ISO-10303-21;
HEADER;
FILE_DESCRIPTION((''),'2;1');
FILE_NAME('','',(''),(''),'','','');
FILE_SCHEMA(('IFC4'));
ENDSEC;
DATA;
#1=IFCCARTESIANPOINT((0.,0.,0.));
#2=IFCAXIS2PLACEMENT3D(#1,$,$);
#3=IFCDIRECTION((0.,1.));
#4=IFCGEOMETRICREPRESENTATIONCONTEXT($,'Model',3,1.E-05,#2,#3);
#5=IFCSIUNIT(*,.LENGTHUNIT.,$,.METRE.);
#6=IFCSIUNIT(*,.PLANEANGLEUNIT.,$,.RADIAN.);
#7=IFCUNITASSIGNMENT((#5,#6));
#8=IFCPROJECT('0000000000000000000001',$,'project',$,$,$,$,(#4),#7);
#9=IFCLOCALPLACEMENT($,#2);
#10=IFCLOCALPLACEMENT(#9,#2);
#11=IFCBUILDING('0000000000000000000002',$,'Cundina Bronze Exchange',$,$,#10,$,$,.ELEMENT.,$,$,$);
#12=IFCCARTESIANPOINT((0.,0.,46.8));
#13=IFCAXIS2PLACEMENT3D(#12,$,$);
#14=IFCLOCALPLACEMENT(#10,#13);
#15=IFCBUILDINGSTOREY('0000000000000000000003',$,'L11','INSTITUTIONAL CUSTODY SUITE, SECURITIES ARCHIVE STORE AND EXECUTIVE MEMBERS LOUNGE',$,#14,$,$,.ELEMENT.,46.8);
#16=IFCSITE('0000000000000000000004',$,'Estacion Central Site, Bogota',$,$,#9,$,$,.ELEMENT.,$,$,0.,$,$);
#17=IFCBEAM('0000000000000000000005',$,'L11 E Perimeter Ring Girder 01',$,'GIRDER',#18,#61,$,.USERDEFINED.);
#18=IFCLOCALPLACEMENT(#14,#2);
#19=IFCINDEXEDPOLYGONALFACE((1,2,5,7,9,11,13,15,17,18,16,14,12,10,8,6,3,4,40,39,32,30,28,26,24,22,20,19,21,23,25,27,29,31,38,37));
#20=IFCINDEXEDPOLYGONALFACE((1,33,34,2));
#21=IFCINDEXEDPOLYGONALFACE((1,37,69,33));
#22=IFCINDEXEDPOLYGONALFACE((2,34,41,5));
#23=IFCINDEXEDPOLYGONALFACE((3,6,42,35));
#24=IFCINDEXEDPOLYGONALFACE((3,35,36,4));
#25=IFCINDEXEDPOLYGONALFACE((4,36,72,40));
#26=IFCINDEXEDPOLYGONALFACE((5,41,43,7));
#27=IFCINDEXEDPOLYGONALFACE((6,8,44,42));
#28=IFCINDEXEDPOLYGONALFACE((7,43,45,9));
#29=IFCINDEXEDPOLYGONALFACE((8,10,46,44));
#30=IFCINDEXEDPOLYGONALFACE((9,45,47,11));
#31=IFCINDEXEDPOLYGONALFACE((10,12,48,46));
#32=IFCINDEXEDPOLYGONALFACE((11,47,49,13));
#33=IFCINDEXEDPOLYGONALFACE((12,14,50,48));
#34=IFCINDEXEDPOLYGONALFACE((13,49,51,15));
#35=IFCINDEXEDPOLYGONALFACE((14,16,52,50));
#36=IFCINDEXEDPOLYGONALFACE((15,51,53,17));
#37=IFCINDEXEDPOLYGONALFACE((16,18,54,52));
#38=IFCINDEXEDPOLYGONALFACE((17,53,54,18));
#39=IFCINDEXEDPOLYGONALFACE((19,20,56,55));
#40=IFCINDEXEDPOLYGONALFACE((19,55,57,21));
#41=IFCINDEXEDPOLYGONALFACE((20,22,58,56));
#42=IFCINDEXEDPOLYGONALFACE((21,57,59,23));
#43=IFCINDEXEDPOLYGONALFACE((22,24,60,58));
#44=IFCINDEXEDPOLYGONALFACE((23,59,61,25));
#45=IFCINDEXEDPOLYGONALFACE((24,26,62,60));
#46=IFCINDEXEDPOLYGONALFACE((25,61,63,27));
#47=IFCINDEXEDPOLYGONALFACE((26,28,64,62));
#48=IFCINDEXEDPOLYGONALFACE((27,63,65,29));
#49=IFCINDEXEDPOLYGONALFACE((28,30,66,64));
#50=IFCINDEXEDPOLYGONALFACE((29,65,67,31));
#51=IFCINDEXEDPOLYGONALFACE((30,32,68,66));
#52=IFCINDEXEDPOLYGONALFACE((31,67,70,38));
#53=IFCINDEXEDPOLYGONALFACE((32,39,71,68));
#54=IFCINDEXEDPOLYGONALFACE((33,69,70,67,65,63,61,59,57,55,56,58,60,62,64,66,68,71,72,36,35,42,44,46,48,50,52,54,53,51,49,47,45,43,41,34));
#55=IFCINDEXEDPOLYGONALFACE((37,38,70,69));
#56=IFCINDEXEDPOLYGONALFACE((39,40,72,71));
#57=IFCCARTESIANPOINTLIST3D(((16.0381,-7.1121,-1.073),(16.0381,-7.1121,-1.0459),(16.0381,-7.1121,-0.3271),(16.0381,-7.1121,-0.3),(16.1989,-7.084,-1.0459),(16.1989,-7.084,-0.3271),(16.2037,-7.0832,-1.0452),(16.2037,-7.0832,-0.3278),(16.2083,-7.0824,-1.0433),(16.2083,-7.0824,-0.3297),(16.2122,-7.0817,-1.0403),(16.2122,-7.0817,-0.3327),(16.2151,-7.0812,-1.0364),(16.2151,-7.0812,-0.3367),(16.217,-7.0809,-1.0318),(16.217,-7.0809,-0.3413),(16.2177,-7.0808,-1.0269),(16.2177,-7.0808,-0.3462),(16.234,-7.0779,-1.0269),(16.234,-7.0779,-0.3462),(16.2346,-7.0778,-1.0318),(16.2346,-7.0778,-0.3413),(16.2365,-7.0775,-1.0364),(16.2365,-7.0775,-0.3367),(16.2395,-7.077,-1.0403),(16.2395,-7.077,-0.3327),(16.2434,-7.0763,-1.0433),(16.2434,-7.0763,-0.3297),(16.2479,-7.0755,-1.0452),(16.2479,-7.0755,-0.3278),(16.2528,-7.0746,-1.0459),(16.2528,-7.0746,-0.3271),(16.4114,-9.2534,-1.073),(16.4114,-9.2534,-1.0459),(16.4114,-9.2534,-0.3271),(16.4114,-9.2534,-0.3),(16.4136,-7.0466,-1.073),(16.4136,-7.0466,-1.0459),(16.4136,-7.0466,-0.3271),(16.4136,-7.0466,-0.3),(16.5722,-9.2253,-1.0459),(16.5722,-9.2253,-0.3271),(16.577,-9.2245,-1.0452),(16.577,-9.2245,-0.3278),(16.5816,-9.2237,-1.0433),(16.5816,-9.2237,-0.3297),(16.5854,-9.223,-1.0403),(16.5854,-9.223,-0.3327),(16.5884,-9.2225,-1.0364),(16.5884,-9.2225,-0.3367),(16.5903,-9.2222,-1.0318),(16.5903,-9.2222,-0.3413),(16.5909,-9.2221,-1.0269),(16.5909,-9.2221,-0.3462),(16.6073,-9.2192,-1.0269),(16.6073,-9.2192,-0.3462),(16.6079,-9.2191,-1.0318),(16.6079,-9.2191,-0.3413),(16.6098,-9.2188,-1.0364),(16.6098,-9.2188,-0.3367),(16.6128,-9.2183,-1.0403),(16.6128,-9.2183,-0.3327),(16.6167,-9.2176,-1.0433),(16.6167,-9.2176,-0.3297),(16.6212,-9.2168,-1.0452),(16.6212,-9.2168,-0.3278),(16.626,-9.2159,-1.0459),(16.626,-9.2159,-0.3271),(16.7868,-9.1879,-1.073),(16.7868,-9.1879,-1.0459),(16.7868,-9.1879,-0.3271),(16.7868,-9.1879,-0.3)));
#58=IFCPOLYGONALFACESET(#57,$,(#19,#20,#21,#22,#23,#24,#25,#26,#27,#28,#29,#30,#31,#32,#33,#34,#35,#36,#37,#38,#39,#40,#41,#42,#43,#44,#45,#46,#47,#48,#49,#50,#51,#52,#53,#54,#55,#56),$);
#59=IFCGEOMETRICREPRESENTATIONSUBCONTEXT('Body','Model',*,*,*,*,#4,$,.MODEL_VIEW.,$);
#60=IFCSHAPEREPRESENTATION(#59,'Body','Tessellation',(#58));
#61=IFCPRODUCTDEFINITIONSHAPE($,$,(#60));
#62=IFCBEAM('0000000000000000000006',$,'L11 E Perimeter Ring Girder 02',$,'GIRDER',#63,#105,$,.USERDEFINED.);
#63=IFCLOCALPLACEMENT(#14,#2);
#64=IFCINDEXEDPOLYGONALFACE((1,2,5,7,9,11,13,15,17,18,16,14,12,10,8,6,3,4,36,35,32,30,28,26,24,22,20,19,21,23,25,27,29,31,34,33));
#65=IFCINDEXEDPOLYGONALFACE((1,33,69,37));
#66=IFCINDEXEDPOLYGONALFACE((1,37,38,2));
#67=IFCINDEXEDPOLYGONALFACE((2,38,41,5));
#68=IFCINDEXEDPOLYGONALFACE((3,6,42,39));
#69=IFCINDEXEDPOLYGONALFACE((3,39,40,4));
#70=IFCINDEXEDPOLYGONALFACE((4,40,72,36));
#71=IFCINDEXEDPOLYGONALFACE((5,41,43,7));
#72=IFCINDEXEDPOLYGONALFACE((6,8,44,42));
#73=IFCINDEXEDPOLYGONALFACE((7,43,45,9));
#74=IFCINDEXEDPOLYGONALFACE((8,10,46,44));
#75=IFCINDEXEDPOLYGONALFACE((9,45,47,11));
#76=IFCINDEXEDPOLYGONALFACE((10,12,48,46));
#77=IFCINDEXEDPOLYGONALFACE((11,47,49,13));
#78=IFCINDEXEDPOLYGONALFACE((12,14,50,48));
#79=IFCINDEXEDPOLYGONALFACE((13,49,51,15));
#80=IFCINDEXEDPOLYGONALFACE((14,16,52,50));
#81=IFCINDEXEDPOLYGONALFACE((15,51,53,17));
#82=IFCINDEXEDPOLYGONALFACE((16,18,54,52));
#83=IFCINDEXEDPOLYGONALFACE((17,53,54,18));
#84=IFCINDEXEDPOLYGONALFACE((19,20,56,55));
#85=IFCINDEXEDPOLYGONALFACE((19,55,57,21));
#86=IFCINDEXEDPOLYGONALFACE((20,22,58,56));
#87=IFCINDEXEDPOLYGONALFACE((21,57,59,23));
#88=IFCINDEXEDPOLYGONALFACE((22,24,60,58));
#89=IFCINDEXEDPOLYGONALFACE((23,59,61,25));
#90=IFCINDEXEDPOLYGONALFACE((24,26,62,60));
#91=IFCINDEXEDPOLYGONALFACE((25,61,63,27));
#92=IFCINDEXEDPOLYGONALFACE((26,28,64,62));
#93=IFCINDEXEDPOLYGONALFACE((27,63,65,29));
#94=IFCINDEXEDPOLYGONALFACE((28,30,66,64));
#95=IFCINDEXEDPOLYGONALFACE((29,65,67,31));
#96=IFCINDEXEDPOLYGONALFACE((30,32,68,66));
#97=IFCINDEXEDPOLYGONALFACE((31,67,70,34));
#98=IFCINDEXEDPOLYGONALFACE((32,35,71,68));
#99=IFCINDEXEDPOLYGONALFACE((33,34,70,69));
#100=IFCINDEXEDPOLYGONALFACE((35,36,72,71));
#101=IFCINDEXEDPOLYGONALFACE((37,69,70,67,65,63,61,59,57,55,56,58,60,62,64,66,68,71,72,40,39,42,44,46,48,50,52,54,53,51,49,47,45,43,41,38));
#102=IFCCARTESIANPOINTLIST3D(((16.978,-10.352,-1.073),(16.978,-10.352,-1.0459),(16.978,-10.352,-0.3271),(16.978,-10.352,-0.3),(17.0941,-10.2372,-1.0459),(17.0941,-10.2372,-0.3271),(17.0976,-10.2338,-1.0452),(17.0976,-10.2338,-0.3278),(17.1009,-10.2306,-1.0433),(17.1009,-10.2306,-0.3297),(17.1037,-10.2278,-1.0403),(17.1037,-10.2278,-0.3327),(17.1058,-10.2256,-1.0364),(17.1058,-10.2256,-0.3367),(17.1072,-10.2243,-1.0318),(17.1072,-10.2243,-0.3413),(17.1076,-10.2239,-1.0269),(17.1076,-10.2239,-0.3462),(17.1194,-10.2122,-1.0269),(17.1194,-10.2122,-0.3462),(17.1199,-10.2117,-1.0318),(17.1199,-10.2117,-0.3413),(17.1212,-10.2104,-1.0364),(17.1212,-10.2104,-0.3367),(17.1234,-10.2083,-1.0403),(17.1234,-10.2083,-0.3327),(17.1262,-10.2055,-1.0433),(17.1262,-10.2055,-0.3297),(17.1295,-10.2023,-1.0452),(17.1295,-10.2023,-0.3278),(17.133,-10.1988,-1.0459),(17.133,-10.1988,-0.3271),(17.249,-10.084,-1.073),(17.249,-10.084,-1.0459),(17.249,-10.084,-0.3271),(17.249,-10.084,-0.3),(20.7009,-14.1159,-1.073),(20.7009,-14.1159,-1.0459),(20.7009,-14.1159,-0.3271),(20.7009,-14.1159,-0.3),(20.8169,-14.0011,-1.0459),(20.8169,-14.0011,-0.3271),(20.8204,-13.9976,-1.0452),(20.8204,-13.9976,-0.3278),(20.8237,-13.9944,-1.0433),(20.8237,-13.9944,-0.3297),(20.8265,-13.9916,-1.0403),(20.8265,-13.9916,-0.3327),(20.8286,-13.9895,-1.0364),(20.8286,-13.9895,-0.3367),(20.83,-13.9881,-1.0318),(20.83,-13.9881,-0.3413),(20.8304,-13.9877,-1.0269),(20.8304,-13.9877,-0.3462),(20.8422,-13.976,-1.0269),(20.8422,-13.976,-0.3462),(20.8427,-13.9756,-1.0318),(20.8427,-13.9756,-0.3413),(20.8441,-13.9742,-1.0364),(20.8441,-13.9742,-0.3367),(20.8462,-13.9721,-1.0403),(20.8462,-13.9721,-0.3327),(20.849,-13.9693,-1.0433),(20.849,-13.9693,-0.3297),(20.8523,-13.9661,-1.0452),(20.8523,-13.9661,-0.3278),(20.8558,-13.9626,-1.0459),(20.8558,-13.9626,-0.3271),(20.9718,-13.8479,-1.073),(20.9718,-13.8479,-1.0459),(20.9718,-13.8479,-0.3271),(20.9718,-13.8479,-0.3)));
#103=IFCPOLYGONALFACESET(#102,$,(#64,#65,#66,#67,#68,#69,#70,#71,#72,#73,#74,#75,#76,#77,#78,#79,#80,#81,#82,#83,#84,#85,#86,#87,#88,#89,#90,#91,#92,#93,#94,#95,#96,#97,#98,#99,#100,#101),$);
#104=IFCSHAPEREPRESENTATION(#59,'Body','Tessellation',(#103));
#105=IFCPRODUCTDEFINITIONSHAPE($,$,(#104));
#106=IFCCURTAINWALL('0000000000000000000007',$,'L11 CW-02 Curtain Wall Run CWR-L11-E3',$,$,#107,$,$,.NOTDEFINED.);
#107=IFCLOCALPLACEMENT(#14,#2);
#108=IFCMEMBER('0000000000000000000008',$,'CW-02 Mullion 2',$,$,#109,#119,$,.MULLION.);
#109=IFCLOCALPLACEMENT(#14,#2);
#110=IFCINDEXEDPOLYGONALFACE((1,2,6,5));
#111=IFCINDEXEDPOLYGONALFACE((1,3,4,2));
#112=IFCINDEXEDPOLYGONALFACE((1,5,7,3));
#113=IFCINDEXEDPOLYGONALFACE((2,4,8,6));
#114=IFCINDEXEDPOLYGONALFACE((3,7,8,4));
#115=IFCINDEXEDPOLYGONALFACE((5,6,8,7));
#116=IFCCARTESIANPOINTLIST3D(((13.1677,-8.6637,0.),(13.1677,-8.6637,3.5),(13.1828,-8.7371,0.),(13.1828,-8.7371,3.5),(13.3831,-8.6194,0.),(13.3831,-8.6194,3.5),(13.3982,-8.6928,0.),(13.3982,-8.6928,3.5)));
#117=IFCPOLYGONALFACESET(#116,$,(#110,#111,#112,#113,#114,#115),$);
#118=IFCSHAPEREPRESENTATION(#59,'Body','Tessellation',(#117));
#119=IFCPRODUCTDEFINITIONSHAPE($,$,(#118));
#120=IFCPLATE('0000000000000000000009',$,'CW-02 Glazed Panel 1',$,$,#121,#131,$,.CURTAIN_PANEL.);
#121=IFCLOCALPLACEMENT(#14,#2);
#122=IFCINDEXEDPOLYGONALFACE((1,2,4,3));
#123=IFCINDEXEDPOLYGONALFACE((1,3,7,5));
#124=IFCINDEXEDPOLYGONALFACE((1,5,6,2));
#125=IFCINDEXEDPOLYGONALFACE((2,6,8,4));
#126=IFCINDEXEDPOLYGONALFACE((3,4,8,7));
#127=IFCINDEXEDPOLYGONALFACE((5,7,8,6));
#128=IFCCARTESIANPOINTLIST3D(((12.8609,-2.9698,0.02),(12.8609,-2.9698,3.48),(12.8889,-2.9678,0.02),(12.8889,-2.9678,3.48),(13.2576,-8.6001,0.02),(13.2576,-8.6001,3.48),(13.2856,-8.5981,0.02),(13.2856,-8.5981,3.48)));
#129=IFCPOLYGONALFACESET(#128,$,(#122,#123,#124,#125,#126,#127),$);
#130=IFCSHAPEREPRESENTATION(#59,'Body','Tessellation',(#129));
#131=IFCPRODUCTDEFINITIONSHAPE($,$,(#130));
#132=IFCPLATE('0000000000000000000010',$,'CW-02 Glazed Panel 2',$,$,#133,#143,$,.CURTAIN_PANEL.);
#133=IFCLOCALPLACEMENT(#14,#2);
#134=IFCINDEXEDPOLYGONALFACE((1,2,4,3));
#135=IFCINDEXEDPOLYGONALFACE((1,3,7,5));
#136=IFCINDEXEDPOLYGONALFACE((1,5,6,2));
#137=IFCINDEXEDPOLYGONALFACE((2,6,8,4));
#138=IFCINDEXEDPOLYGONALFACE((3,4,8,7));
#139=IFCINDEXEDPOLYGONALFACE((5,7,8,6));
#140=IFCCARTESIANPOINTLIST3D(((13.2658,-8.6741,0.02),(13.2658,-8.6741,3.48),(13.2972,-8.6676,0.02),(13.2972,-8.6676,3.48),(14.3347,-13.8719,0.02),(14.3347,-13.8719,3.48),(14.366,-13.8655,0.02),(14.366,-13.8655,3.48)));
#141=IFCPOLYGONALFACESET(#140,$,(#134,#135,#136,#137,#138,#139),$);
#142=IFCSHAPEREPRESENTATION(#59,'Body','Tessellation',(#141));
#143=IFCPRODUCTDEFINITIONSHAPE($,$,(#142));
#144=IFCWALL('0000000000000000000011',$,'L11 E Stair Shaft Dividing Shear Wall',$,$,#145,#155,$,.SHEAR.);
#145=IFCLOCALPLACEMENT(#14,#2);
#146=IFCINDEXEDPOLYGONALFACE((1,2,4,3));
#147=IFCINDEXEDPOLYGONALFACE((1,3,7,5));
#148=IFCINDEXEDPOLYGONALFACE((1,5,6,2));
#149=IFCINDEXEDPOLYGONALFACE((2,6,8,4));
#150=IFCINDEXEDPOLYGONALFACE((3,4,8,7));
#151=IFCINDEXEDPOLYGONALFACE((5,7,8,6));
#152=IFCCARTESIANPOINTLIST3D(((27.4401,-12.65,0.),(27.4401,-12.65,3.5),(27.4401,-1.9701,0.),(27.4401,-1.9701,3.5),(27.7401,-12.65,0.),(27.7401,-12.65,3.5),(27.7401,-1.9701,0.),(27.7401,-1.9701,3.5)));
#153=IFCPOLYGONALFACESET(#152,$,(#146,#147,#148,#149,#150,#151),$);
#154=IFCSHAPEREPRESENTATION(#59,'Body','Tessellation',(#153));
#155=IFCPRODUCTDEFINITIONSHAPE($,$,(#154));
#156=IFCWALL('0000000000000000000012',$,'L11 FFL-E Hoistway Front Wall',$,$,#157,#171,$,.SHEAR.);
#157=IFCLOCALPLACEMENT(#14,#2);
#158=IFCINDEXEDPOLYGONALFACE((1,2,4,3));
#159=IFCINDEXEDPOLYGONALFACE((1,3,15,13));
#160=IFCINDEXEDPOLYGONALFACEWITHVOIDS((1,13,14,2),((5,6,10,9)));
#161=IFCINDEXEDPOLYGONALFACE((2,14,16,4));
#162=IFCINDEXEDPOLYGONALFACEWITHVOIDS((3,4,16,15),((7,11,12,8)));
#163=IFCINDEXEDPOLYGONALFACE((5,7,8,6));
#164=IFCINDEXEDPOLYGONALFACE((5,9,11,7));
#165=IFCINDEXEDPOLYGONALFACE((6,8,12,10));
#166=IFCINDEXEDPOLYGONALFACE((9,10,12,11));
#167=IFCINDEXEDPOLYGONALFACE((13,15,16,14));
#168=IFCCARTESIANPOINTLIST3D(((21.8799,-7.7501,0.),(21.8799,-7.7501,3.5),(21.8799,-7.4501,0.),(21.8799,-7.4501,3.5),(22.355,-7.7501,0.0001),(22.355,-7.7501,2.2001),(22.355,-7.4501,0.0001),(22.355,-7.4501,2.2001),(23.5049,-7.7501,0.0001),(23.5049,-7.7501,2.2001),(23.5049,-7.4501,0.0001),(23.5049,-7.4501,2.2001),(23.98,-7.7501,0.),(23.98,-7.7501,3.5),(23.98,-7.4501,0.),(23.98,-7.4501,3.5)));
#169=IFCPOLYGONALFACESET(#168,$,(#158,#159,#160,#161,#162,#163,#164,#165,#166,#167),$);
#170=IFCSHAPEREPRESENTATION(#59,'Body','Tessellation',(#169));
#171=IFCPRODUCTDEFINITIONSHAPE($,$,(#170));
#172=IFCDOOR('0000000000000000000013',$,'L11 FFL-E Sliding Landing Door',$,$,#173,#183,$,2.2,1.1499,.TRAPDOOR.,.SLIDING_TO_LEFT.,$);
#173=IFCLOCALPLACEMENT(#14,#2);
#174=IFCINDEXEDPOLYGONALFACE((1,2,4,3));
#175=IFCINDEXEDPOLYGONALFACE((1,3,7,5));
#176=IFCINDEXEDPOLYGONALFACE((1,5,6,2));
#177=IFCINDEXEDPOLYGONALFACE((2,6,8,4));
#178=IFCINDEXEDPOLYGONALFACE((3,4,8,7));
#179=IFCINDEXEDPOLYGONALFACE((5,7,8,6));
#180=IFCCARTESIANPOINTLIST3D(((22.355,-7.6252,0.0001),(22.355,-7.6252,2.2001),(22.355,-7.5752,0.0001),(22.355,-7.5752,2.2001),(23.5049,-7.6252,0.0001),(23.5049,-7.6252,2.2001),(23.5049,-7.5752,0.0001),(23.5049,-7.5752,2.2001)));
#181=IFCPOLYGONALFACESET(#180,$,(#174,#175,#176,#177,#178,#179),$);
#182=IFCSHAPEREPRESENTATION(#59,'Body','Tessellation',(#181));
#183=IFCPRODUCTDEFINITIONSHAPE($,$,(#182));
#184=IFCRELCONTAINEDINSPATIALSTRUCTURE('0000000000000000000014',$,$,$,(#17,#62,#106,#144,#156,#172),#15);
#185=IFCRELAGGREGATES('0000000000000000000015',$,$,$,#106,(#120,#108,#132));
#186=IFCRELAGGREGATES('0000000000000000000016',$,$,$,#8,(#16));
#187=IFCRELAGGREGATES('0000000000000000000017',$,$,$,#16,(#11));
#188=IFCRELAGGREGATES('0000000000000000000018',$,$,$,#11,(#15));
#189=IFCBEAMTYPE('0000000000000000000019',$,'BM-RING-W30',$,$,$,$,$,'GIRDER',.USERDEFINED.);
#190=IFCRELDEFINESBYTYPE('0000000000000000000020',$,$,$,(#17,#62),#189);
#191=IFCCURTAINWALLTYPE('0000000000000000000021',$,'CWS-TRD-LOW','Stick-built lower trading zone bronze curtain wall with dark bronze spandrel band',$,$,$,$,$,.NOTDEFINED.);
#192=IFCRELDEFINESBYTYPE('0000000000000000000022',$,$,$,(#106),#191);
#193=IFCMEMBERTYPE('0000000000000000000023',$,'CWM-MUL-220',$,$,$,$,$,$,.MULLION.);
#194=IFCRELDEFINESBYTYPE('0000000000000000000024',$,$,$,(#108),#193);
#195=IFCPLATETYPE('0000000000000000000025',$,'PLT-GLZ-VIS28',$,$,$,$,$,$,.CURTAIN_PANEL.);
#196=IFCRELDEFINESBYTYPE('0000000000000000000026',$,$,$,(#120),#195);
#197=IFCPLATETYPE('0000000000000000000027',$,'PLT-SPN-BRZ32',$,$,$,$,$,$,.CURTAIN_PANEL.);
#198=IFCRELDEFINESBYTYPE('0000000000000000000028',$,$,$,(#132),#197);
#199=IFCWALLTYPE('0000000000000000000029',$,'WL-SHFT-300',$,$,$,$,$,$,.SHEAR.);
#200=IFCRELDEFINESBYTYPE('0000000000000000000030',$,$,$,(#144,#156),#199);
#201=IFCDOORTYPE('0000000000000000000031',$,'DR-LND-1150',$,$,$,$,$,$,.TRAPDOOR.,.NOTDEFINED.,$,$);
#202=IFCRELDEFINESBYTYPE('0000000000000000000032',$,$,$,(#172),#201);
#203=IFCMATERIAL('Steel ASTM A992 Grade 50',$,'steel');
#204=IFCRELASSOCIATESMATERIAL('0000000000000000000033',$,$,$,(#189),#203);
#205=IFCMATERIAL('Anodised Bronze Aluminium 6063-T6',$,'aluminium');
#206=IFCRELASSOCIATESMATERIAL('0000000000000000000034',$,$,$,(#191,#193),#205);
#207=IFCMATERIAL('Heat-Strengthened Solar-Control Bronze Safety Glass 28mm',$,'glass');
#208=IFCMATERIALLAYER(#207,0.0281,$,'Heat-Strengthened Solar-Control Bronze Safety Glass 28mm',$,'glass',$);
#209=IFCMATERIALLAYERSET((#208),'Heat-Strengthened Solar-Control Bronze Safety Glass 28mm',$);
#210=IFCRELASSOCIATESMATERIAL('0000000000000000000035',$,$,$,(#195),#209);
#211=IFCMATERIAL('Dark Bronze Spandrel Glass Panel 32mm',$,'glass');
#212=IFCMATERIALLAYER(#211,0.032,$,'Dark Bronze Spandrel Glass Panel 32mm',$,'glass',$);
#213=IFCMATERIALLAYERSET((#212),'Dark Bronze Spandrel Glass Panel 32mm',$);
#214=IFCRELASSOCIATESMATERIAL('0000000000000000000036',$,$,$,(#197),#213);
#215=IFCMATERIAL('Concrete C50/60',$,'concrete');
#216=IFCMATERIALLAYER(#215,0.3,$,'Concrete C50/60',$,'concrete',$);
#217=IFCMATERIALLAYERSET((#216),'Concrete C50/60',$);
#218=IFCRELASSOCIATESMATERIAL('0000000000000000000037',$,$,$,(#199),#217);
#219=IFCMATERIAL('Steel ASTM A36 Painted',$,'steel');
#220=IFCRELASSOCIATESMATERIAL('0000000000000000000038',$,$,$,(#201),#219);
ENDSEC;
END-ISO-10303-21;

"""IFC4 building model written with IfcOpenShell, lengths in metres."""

from ifc_helpers import new_model, si_unit, direction, frame, frame_2d, origin, origin_2d, place, context, subcontext, project, spatial, rectangle, i_section, extrude, material, layer, layer_set, material_profile, profile_set, type_object, element, fill, aggregate, save


model = new_model("IFC4")

# Units and contexts
model_context = context("Model", 3, precision=1e-05, world=origin(), true_north=direction((0.0, 1.0)))
body_context = subcontext(model_context, "Body", "Model", "MODEL_VIEW")
ifc_project = project(units=[si_unit("LENGTHUNIT", "METRE"), si_unit("PLANEANGLEUNIT", "RADIAN")], contexts=[model_context])

# Site, building, storey
site_placement = place(None, origin())
site = spatial("IfcSite", under=ifc_project, at=site_placement, Name="Estacion Central Site, Bogota", CompositionType="ELEMENT", RefElevation=0.0)
building_placement = place(site_placement, origin())
building = spatial("IfcBuilding", under=site, at=building_placement, Name="Cundina Bronze Exchange", CompositionType="ELEMENT")
storey_placement = place(building_placement, frame((0.0, 0.0, 46.8)))
storey = spatial("IfcBuildingStorey", under=building, at=storey_placement, Name="L11", Description="INSTITUTIONAL CUSTODY SUITE, SECURITIES ARCHIVE STORE AND EXECUTIVE MEMBERS LOUNGE", CompositionType="ELEMENT", Elevation=46.8)

# Beams
ifc_material_1 = material(Name="Steel ASTM A992 Grade 50", Category="steel")
ifc_material_profile_1 = material_profile(ifc_material_1, i_section(OverallWidth=0.3811, OverallDepth=0.7729, WebThickness=0.0166, FlangeThickness=0.0271, FilletRadius=0.019, at=origin_2d()), Name="W30X173", Category="steel")
ifc_profile_set_1 = profile_set([ifc_material_profile_1], Name="Steel ASTM A992 Grade 50")
beam_type_1 = type_object("IfcBeamType", Name="BM-RING-W30", ElementType="GIRDER", PredefinedType="USERDEFINED", material=ifc_profile_set_1)
beam_1_placement = place(storey_placement, frame((16.2258, -7.0793, -0.6865), z_axis=(0.171735, -0.985143, 0.0), x_axis=(0.985143, 0.171735, 0.0)))
element("IfcBeam", 1, at=beam_1_placement, inside=storey, type_object=beam_type_1, Name="L11 E Perimeter Ring Girder 01", ObjectType="GIRDER", PredefinedType="USERDEFINED", context=body_context, shape_type="SweptSolid", body=[
    extrude(i_section(OverallWidth=0.3811, OverallDepth=0.7729, WebThickness=0.0166, FlangeThickness=0.0271, FilletRadius=0.019, at=origin_2d()), origin(), (0.0, 0.0, 1.0), 2.1736),
])
beam_2_placement = place(storey_placement, frame((17.1135, -10.218, -0.6865), z_axis=(0.703222, -0.71097, 0.0), x_axis=(0.71097, 0.703222, 0.0)))
element("IfcBeam", 2, at=beam_2_placement, inside=storey, type_object=beam_type_1, Name="L11 E Perimeter Ring Girder 02", ObjectType="GIRDER", PredefinedType="USERDEFINED", context=body_context, shape_type="SweptSolid", body=[
    extrude(i_section(OverallWidth=0.3811, OverallDepth=0.7729, WebThickness=0.0166, FlangeThickness=0.0271, FilletRadius=0.019, at=origin_2d()), origin(), (0.0, 0.0, 1.0), 5.2939),
])

# Curtain wall, member, plates
ifc_material_2 = material(Name="Anodised Bronze Aluminium 6063-T6", Category="aluminium")
curtain_wall_type = type_object("IfcCurtainWallType", Name="CWS-TRD-LOW", Description="Stick-built lower trading zone bronze curtain wall with dark bronze spandrel band", PredefinedType="NOTDEFINED", material=ifc_material_2)
curtain_wall_placement = place(storey_placement, origin())
curtain_wall = element("IfcCurtainWall", 3, at=curtain_wall_placement, inside=storey, type_object=curtain_wall_type, Name="L11 CW-02 Curtain Wall Run CWR-L11-E3", PredefinedType="NOTDEFINED")
ifc_material_profile_2 = material_profile(ifc_material_2, rectangle(XDim=0.075, YDim=0.22, at=origin_2d()), Name="AL75X220", Category="aluminium")
ifc_profile_set_2 = profile_set([ifc_material_profile_2], Name="Anodised Bronze Aluminium 6063-T6")
member_type = type_object("IfcMemberType", Name="CWM-MUL-220", PredefinedType="MULLION", material=ifc_profile_set_2)
member_placement = place(storey_placement, frame((13.283, -8.6782, 0.0), z_axis=(0.0, 0.0, 1.0), x_axis=(0.20142, -0.979505, 0.0)))
member = element("IfcMember", 4, at=member_placement, type_object=member_type, Name="CW-02 Mullion 2", PredefinedType="MULLION", context=body_context, shape_type="SweptSolid", body=[
    extrude(rectangle(XDim=0.075, YDim=0.22, at=origin_2d()), origin(), (0.0, 0.0, 1.0), 3.5),
])
ifc_material_3 = material(Name="Heat-Strengthened Solar-Control Bronze Safety Glass 28mm", Category="glass")
ifc_layer_1 = layer(ifc_material_3, 0.0281, Name="Heat-Strengthened Solar-Control Bronze Safety Glass 28mm", Category="glass")
ifc_layer_set_1 = layer_set([ifc_layer_1], Name="Heat-Strengthened Solar-Control Bronze Safety Glass 28mm")
plate_type_1 = type_object("IfcPlateType", Name="PLT-GLZ-VIS28", PredefinedType="CURTAIN_PANEL", material=ifc_layer_set_1)
plate_1_placement = place(storey_placement, frame((13.0732, -5.7839, 0.02), z_axis=(0.0, 0.0, 1.0), x_axis=(0.070279, -0.997527, 0.0)))
plate_1 = element("IfcPlate", 5, at=plate_1_placement, type_object=plate_type_1, Name="CW-02 Glazed Panel 1", PredefinedType="CURTAIN_PANEL", context=body_context, shape_type="SweptSolid", body=[
    extrude(rectangle(XDim=5.6443, YDim=0.0281, at=origin_2d()), origin(), (0.0, 0.0, 1.0), 3.46),
])
ifc_material_4 = material(Name="Dark Bronze Spandrel Glass Panel 32mm", Category="glass")
ifc_layer_2 = layer(ifc_material_4, 0.032, Name="Dark Bronze Spandrel Glass Panel 32mm", Category="glass")
ifc_layer_set_2 = layer_set([ifc_layer_2], Name="Dark Bronze Spandrel Glass Panel 32mm")
plate_type_2 = type_object("IfcPlateType", Name="PLT-SPN-BRZ32", PredefinedType="CURTAIN_PANEL", material=ifc_layer_set_2)
plate_2_placement = place(storey_placement, frame((13.8159, -11.2698, 0.02), z_axis=(0.0, 0.0, 1.0), x_axis=(0.20142, -0.979505, 0.0)))
plate_2 = element("IfcPlate", 6, at=plate_2_placement, type_object=plate_type_2, Name="CW-02 Glazed Panel 2", PredefinedType="CURTAIN_PANEL", context=body_context, shape_type="SweptSolid", body=[
    extrude(rectangle(XDim=5.3066, YDim=0.032, at=origin_2d()), origin(), (0.0, 0.0, 1.0), 3.46),
])
aggregate(curtain_wall, [plate_1, member, plate_2])

# Wall
ifc_material_5 = material(Name="Concrete C50/60", Category="concrete")
ifc_layer_3 = layer(ifc_material_5, 0.3, Name="Concrete C50/60", Category="concrete")
ifc_layer_set_3 = layer_set([ifc_layer_3], Name="Concrete C50/60")
wall_type_1 = type_object("IfcWallType", Name="WL-SHFT-300", PredefinedType="SHEAR", material=ifc_layer_set_3)
wall_1_placement = place(storey_placement, frame((27.5901, -12.6499, 0.0), z_axis=(0.0, 0.0, 1.0), x_axis=(0.0, 1.0, 0.0)))
element("IfcWall", 7, at=wall_1_placement, inside=storey, type_object=wall_type_1, Name="L11 E Stair Shaft Dividing Shear Wall", PredefinedType="SHEAR", context=body_context, shape_type="SweptSolid", body=[
    extrude(rectangle(XDim=10.6799, YDim=0.3, at=frame_2d((5.3398, 0.0))), origin(), (0.0, 0.0, 1.0), 3.5),
])

# Wall, opening, door
ifc_material_6 = material(Name="Steel ASTM A36 Painted", Category="steel")
wall_2_placement = place(storey_placement, frame((21.8799, -7.6001, 0.0), z_axis=(0.0, 0.0, 1.0), x_axis=(1.0, 0.0, 0.0)))
wall_2 = element("IfcWall", 8, at=wall_2_placement, inside=storey, type_object=wall_type_1, Name="L11 FFL-E Hoistway Front Wall", PredefinedType="SHEAR", context=body_context, shape_type="SweptSolid", body=[
    extrude(rectangle(XDim=2.1001, YDim=0.3, at=frame_2d((1.05, 0.0))), origin(), (0.0, 0.0, 1.0), 3.5),
])
opening_1_placement = place(wall_2_placement, frame((0.4751, 0.0, 0.0)))
opening_1 = element("IfcOpeningElement", 9, at=opening_1_placement, cuts=wall_2, PredefinedType="OPENING", context=body_context, shape_type="SweptSolid", body=[
    extrude(rectangle(XDim=1.1499, YDim=2.2, at=frame_2d((0.575, 1.1001))), frame((0.0, 0.1599, 0.0), z_axis=(0.0, -1.0, 0.0), x_axis=(1.0, 0.0, 0.0)), (0.0, 0.0, 1.0), 0.3201),
])
door_type_1 = type_object("IfcDoorType", Name="DR-LND-1150", OperationType="NOTDEFINED", PredefinedType="TRAPDOOR", material=ifc_material_6)
door_1_placement = place(opening_1_placement, origin())
door_1 = element("IfcDoor", 10, at=door_1_placement, inside=storey, type_object=door_type_1, Name="L11 FFL-E Sliding Landing Door", OperationType="SLIDING_TO_LEFT", OverallHeight=2.2, OverallWidth=1.1499, PredefinedType="TRAPDOOR", context=body_context, shape_type="SweptSolid", body=[
    extrude(rectangle(XDim=1.1499, YDim=2.2, at=frame_2d((0.575, 1.1001))), frame((0.0, 0.0249, 0.0), z_axis=(0.0, -1.0, 0.0), x_axis=(1.0, 0.0, 0.0)), (0.0, 0.0, 1.0), 0.05),
])
fill(opening_1, door_1)

save(model, "model.ifc")
